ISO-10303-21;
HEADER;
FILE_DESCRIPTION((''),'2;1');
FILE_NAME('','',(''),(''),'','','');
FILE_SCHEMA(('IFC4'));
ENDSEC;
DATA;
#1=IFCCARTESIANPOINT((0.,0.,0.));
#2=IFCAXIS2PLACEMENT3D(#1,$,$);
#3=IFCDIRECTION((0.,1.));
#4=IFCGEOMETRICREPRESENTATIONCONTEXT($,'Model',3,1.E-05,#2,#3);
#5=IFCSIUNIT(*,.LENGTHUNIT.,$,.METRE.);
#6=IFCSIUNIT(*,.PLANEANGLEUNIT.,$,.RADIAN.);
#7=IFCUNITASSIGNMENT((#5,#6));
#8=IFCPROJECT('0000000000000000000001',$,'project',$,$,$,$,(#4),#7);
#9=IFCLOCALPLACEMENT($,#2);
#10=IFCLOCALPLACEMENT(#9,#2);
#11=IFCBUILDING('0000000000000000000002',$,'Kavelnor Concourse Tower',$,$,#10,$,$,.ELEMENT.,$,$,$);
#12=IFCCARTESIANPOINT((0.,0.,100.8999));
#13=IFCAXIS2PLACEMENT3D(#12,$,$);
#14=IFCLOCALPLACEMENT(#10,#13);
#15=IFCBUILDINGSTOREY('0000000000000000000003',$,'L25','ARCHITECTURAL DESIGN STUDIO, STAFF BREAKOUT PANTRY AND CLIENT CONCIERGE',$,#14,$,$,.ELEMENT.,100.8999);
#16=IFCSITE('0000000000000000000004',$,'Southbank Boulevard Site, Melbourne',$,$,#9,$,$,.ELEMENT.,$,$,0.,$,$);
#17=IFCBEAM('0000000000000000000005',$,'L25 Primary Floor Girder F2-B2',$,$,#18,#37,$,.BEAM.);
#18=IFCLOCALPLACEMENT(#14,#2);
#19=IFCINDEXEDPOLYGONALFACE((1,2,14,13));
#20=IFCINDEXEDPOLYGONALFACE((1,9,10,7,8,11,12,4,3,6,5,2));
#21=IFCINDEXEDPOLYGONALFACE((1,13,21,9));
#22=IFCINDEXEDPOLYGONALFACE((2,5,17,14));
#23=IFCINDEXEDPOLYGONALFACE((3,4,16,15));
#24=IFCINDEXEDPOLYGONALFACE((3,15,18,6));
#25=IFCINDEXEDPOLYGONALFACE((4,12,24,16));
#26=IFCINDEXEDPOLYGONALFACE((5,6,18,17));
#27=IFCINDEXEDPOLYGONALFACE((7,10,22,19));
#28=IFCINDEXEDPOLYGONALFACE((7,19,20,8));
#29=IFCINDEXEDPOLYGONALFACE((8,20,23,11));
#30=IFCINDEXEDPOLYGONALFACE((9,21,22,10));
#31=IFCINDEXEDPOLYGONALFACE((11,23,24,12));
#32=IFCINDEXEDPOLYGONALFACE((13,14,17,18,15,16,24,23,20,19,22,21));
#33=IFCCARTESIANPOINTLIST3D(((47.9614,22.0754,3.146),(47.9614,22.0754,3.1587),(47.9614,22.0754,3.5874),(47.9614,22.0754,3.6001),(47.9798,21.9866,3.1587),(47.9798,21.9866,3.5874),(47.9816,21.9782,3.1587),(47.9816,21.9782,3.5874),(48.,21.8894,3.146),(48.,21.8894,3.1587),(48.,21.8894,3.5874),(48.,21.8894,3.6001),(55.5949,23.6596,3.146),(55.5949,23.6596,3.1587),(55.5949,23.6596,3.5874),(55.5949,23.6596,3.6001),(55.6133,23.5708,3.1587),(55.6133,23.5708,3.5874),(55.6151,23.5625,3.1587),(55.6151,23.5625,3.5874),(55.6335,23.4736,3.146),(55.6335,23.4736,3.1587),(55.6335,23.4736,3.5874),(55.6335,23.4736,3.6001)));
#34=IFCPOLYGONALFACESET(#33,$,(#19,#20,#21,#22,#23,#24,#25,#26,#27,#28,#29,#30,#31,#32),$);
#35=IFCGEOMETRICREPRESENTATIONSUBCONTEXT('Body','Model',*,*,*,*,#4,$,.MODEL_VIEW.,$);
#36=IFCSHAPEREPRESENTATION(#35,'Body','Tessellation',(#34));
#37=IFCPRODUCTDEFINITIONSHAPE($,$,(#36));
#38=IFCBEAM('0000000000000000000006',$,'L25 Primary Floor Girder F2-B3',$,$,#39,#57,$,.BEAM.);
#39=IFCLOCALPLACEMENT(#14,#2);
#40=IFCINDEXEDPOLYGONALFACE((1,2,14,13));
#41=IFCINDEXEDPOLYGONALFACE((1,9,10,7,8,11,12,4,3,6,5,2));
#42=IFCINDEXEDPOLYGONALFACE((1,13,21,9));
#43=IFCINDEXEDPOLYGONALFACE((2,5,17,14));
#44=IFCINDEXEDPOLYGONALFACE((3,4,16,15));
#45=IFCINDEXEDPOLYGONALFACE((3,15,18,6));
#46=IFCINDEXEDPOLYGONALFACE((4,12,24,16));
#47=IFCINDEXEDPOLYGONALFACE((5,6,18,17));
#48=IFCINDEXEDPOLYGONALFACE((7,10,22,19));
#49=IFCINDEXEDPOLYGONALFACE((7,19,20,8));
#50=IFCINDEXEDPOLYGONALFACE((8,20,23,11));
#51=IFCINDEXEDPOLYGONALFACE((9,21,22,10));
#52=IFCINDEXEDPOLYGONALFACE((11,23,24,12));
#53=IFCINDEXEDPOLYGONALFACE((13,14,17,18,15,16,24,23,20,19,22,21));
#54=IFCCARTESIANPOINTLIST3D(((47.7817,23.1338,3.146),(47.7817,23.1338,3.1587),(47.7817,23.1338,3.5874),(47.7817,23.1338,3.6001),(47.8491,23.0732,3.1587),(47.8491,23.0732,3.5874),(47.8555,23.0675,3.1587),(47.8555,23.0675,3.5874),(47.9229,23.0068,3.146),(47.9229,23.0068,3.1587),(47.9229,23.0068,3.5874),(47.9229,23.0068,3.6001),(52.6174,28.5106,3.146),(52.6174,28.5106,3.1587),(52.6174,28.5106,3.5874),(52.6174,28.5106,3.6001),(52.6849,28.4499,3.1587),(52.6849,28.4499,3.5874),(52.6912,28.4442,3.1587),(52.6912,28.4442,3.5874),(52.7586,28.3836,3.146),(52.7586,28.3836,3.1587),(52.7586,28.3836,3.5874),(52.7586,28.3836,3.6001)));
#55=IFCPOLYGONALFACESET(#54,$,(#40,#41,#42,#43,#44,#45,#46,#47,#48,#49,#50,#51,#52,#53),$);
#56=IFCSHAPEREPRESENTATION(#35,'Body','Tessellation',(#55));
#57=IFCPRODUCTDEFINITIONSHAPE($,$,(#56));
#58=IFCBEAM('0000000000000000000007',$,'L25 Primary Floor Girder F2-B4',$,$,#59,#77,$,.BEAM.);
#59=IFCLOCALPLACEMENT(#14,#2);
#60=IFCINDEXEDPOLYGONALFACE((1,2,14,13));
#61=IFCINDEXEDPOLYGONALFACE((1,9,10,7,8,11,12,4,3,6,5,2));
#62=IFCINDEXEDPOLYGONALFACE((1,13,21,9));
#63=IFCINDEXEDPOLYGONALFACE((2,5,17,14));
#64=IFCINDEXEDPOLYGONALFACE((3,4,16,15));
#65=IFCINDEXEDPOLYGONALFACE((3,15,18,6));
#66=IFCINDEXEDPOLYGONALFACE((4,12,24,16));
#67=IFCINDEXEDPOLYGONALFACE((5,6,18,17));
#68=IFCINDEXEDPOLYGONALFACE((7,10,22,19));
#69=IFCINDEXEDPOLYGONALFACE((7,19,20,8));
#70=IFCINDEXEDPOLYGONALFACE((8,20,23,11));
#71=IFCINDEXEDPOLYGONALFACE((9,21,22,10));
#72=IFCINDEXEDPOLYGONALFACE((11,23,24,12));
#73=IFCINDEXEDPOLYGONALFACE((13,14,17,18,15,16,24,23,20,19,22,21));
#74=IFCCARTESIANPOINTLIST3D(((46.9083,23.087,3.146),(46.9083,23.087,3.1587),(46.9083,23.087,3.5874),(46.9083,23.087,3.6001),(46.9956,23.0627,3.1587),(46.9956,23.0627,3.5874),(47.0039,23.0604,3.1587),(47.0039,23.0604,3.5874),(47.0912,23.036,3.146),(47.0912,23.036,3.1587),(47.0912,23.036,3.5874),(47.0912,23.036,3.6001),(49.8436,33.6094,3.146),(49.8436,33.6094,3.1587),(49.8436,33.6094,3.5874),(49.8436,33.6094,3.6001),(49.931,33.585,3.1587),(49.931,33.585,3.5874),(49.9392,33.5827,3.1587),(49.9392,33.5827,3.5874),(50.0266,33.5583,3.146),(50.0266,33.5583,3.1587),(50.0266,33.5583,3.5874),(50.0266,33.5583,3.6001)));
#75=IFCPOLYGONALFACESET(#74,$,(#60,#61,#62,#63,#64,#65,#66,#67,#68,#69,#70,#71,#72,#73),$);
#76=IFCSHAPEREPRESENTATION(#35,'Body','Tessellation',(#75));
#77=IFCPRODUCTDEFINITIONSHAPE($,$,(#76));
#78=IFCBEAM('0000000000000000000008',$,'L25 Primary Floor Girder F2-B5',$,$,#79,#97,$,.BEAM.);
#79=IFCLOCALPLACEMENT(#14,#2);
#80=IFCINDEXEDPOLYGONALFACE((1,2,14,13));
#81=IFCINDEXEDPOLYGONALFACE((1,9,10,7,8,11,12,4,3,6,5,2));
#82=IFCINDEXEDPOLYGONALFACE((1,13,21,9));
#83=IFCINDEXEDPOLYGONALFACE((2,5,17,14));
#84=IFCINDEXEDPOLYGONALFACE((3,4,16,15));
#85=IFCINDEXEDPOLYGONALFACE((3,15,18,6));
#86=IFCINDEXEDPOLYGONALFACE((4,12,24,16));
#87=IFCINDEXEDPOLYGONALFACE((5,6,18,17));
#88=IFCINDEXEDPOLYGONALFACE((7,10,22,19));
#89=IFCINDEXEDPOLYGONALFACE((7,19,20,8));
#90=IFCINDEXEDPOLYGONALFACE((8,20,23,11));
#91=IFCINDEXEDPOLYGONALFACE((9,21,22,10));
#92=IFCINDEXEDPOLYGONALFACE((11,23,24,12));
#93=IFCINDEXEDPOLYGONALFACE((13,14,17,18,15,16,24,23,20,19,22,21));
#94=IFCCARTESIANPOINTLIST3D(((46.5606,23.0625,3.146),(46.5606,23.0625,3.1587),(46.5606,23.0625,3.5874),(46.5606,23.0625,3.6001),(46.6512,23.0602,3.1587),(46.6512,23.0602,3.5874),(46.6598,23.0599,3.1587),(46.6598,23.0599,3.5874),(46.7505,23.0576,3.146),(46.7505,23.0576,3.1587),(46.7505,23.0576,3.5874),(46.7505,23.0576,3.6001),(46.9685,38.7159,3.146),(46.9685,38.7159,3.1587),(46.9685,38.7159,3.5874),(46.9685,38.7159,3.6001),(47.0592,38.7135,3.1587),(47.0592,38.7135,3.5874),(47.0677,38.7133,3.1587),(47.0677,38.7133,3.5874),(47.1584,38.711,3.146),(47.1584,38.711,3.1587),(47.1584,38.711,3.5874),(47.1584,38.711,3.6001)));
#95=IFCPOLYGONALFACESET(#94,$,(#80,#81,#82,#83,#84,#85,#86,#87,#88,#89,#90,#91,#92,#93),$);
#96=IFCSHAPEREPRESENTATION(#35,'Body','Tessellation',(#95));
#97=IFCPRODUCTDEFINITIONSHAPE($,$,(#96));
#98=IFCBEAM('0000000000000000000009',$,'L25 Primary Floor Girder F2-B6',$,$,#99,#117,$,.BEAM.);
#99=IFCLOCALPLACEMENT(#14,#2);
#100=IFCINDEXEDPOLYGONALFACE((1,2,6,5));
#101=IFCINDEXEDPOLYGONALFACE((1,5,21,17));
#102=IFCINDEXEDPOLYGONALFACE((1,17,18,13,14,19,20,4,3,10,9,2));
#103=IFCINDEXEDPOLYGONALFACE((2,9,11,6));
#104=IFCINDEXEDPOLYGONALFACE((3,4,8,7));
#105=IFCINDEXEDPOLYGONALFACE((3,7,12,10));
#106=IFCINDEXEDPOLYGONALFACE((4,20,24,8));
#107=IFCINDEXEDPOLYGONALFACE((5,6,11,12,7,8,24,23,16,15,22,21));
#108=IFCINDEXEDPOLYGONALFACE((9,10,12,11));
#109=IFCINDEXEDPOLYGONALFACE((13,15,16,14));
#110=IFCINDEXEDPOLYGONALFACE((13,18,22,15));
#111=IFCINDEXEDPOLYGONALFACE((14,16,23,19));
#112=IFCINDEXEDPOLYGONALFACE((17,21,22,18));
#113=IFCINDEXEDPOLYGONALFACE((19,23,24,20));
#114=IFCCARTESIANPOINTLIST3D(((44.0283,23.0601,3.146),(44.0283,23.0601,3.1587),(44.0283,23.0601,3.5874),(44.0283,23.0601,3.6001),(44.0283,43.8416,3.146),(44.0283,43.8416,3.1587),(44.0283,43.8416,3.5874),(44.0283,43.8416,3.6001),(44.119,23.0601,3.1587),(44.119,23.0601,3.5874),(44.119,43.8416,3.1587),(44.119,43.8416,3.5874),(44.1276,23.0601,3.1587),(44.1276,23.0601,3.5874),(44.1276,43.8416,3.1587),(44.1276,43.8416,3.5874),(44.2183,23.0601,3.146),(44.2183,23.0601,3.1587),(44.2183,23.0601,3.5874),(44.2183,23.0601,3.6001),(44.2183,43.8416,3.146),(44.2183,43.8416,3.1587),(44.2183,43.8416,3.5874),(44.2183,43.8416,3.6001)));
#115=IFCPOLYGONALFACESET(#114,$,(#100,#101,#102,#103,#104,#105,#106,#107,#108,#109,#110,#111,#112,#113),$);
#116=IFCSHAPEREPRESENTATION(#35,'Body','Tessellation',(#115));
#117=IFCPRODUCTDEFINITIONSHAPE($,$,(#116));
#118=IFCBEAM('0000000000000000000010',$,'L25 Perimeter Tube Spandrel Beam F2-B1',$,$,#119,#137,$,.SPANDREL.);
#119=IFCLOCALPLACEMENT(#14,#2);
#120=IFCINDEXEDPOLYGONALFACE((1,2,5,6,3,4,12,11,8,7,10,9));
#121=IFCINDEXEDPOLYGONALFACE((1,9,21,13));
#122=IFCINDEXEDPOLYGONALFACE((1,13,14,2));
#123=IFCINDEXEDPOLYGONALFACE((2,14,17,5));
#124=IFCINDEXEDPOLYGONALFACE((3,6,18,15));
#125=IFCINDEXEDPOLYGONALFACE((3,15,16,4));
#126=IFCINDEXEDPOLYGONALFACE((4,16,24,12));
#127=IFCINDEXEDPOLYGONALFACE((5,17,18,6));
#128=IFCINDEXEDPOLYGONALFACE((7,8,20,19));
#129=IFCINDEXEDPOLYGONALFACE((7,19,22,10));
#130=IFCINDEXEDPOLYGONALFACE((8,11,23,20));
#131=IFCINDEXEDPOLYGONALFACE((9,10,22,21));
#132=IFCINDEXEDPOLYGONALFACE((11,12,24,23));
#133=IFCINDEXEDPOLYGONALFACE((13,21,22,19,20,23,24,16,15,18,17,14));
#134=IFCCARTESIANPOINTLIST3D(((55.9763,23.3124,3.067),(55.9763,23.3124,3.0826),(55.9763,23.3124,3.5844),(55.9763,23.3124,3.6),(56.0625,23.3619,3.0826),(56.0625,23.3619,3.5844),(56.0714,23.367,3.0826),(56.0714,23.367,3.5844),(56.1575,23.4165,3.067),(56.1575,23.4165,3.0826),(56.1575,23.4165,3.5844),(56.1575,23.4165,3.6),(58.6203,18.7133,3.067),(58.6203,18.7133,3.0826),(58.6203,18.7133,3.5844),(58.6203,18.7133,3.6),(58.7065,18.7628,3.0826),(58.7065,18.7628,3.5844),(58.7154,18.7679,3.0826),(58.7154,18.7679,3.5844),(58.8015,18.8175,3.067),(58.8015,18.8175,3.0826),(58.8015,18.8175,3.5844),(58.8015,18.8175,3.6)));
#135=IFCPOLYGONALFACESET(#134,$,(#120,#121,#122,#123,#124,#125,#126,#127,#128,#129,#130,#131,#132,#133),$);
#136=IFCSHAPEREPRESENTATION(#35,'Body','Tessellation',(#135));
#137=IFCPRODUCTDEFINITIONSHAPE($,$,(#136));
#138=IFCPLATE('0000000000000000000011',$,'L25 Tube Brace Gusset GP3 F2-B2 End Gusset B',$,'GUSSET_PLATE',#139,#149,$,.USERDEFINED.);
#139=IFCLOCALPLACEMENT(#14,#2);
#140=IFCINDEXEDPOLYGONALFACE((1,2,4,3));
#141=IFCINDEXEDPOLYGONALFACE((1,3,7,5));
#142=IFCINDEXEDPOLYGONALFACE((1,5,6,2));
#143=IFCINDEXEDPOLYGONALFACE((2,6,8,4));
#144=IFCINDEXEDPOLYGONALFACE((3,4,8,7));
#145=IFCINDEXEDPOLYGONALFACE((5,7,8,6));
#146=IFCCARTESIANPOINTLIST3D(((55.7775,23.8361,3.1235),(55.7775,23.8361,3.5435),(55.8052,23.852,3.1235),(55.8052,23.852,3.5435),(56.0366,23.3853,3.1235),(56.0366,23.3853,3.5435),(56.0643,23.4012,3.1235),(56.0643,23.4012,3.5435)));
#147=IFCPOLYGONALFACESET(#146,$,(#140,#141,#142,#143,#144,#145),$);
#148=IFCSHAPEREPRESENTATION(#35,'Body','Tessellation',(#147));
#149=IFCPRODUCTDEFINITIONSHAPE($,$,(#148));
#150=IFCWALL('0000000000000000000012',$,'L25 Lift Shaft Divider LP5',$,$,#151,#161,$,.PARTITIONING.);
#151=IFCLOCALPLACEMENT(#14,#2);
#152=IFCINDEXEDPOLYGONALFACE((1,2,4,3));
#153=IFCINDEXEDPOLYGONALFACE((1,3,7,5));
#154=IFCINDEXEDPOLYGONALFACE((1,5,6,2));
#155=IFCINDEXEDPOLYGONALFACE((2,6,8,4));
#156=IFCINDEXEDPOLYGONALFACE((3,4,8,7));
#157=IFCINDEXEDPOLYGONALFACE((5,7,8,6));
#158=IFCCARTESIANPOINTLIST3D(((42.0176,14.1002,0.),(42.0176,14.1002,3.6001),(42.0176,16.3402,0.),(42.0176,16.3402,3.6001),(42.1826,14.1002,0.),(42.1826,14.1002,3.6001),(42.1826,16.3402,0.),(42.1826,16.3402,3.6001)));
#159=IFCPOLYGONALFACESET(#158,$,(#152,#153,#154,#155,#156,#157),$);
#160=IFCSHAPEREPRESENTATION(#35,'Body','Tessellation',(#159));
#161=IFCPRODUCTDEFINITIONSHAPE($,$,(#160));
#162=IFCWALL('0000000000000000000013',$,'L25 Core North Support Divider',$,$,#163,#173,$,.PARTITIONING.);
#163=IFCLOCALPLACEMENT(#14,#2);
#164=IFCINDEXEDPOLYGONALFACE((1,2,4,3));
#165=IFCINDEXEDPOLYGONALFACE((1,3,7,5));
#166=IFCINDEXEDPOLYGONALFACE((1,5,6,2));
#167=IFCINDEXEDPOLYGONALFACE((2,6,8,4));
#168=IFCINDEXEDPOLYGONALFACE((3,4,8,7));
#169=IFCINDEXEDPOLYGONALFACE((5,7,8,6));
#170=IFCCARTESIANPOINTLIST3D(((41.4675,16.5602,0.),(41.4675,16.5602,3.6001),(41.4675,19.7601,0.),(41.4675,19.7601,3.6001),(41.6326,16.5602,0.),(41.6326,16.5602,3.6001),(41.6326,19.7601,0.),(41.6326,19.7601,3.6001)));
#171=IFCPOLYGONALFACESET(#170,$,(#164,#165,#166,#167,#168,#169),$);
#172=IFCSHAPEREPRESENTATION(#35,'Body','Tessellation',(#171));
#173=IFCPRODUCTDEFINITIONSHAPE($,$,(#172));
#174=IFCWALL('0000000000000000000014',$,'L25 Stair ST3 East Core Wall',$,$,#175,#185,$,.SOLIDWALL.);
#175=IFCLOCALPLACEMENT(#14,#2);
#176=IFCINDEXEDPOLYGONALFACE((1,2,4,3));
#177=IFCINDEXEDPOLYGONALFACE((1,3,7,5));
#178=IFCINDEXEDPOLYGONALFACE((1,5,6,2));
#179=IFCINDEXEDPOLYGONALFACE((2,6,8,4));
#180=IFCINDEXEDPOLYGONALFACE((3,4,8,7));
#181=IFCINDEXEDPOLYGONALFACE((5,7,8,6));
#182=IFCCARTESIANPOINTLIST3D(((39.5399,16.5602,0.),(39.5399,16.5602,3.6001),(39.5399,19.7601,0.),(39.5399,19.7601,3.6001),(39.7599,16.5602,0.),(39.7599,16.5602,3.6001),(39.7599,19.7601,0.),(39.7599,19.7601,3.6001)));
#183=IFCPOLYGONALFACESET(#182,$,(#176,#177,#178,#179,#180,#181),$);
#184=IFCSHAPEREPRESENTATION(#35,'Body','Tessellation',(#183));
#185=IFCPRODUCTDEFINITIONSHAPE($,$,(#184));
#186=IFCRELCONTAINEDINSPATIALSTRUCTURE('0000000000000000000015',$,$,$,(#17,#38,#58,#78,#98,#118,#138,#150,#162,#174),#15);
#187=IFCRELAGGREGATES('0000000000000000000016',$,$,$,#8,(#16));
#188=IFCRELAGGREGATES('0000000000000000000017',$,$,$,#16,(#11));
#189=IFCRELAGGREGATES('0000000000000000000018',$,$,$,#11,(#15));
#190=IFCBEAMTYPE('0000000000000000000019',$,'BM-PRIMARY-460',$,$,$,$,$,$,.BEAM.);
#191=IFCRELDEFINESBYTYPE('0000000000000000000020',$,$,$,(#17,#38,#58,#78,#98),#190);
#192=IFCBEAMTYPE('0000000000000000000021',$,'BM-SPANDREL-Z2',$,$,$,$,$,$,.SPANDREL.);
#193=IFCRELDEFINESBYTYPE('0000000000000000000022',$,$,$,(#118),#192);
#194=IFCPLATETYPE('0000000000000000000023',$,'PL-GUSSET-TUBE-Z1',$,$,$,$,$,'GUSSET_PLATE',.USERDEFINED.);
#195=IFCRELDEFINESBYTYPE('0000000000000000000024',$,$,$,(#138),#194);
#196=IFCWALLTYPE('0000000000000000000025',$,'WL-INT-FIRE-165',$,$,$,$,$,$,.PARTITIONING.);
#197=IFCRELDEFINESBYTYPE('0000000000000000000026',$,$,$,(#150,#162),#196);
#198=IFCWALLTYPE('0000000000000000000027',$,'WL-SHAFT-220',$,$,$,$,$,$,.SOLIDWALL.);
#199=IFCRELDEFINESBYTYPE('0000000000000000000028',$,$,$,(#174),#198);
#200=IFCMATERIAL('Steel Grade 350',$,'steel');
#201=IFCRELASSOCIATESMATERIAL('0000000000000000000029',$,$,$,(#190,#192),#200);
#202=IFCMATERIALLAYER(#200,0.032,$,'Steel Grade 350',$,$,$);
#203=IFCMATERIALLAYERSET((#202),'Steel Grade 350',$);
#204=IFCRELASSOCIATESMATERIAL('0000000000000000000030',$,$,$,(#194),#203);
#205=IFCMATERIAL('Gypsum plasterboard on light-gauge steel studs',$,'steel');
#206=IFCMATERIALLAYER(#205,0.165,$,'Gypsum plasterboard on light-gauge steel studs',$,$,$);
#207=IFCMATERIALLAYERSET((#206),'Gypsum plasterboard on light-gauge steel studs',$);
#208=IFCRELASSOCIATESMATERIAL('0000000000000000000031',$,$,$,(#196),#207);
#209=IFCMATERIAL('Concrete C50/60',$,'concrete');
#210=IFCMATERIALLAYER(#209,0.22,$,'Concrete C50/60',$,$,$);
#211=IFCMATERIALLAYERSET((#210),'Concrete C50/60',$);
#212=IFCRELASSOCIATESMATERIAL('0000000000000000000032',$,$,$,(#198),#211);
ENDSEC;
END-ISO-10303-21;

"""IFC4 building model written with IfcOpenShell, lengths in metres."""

from ifc_helpers import new_model, si_unit, direction, frame, frame_2d, origin, origin_2d, place, context, subcontext, project, spatial, rectangle, i_section, extrude, material, layer, layer_set, material_profile, profile_set, type_object, element, save


model = new_model("IFC4")

# Units and contexts
model_context = context("Model", 3, precision=1e-05, world=origin(), true_north=direction((0.0, 1.0)))
body_context = subcontext(model_context, "Body", "Model", "MODEL_VIEW")
ifc_project = project(units=[si_unit("LENGTHUNIT", "METRE"), si_unit("PLANEANGLEUNIT", "RADIAN")], contexts=[model_context])

# Site, building, storey
site_placement = place(None, origin())
site = spatial("IfcSite", under=ifc_project, at=site_placement, Name="Southbank Boulevard Site, Melbourne", CompositionType="ELEMENT", RefElevation=0.0)
building_placement = place(site_placement, origin())
building = spatial("IfcBuilding", under=site, at=building_placement, Name="Kavelnor Concourse Tower", CompositionType="ELEMENT")
storey_placement = place(building_placement, frame((0.0, 0.0, 100.8999)))
storey = spatial("IfcBuildingStorey", under=building, at=storey_placement, Name="L25", Description="ARCHITECTURAL DESIGN STUDIO, STAFF BREAKOUT PANTRY AND CLIENT CONCIERGE", CompositionType="ELEMENT", Elevation=100.8999)

# Shared definitions
ifc_material_1 = material(Name="Steel Grade 350", Category="steel")

# Beams
ifc_material_profile_1 = material_profile(ifc_material_1, i_section(OverallWidth=0.1899, OverallDepth=0.4541, WebThickness=0.0085, FlangeThickness=0.0127, at=origin_2d()), Name="460UB67")
ifc_profile_set_1 = profile_set([ifc_material_profile_1], Name="Steel Grade 350")
beam_type_1 = type_object("IfcBeamType", Name="BM-PRIMARY-460", PredefinedType="BEAM", material=ifc_profile_set_1)
beam_1_placement = place(storey_placement, frame((47.9807, 21.9824, 3.373), z_axis=(0.979136, 0.203205, 0.0), x_axis=(-0.203205, 0.979136, 0.0)))
element("IfcBeam", 1, at=beam_1_placement, inside=storey, type_object=beam_type_1, Name="L25 Primary Floor Girder F2-B2", PredefinedType="BEAM", context=body_context, shape_type="SweptSolid", body=[
    extrude(i_section(OverallWidth=0.1899, OverallDepth=0.4541, WebThickness=0.0085, FlangeThickness=0.0127, at=origin_2d()), origin(), (0.0, 0.0, 1.0), 7.7961),
])
beam_2_placement = place(storey_placement, frame((47.8523, 23.0703, 3.373), z_axis=(0.668709, 0.743524, 0.0), x_axis=(-0.743524, 0.668709, 0.0)))
element("IfcBeam", 2, at=beam_2_placement, inside=storey, type_object=beam_type_1, Name="L25 Primary Floor Girder F2-B3", PredefinedType="BEAM", context=body_context, shape_type="SweptSolid", body=[
    extrude(i_section(OverallWidth=0.1899, OverallDepth=0.4541, WebThickness=0.0085, FlangeThickness=0.0127, at=origin_2d()), origin(), (0.0, 0.0, 1.0), 7.2314),
])
beam_3_placement = place(storey_placement, frame((46.9998, 23.0615, 3.373), z_axis=(0.268703, 0.963223, 0.0), x_axis=(-0.963223, 0.268703, 0.0)))
element("IfcBeam", 3, at=beam_3_placement, inside=storey, type_object=beam_type_1, Name="L25 Primary Floor Girder F2-B4", PredefinedType="BEAM", context=body_context, shape_type="SweptSolid", body=[
    extrude(i_section(OverallWidth=0.1899, OverallDepth=0.4541, WebThickness=0.0085, FlangeThickness=0.0127, at=origin_2d()), origin(), (0.0, 0.0, 1.0), 10.9241),
])
beam_4_placement = place(storey_placement, frame((46.6555, 23.0601, 3.373), z_axis=(0.026053, 0.999661, 0.0), x_axis=(-0.999661, 0.026053, 0.0)))
element("IfcBeam", 4, at=beam_4_placement, inside=storey, type_object=beam_type_1, Name="L25 Primary Floor Girder F2-B5", PredefinedType="BEAM", context=body_context, shape_type="SweptSolid", body=[
    extrude(i_section(OverallWidth=0.1899, OverallDepth=0.4541, WebThickness=0.0085, FlangeThickness=0.0127, at=origin_2d()), origin(), (0.0, 0.0, 1.0), 15.6587),
])
beam_5_placement = place(storey_placement, frame((44.1233, 23.0601, 3.373), z_axis=(0.0, 1.0, 0.0), x_axis=(-1.0, 0.0, 0.0)))
element("IfcBeam", 5, at=beam_5_placement, inside=storey, type_object=beam_type_1, Name="L25 Primary Floor Girder F2-B6", PredefinedType="BEAM", context=body_context, shape_type="SweptSolid", body=[
    extrude(i_section(OverallWidth=0.1899, OverallDepth=0.4541, WebThickness=0.0085, FlangeThickness=0.0127, at=origin_2d()), origin(), (0.0, 0.0, 1.0), 20.7815),
])
ifc_material_profile_2 = material_profile(ifc_material_1, i_section(OverallWidth=0.209, OverallDepth=0.533, WebThickness=0.0103, FlangeThickness=0.0156, at=origin_2d()), Name="530UB92")
ifc_profile_set_2 = profile_set([ifc_material_profile_2], Name="Steel Grade 350")
beam_type_2 = type_object("IfcBeamType", Name="BM-SPANDREL-Z2", PredefinedType="SPANDREL", material=ifc_profile_set_2)
beam_6_placement = place(storey_placement, frame((58.7109, 18.7654, 3.3335), z_axis=(-0.498407, 0.866943, 0.0), x_axis=(-0.866943, -0.498407, 0.0)))
element("IfcBeam", 6, at=beam_6_placement, inside=storey, type_object=beam_type_2, Name="L25 Perimeter Tube Spandrel Beam F2-B1", PredefinedType="SPANDREL", context=body_context, shape_type="SweptSolid", body=[
    extrude(i_section(OverallWidth=0.209, OverallDepth=0.533, WebThickness=0.0103, FlangeThickness=0.0156, at=origin_2d()), origin(), (0.0, 0.0, 1.0), 5.3049),
])

# Plate
ifc_layer_1 = layer(ifc_material_1, 0.032, Name="Steel Grade 350")
ifc_layer_set_1 = layer_set([ifc_layer_1], Name="Steel Grade 350")
plate_type = type_object("IfcPlateType", Name="PL-GUSSET-TUBE-Z1", ElementType="GUSSET_PLATE", PredefinedType="USERDEFINED", material=ifc_layer_set_1)
plate_placement = place(storey_placement, frame((55.9209, 23.6187, 3.1235), z_axis=(0.0, 0.0, 1.0), x_axis=(0.498336, -0.866984, 0.0)))
element("IfcPlate", 7, at=plate_placement, inside=storey, type_object=plate_type, Name="L25 Tube Brace Gusset GP3 F2-B2 End Gusset B", ObjectType="GUSSET_PLATE", PredefinedType="USERDEFINED", context=body_context, shape_type="SweptSolid", body=[
    extrude(rectangle(XDim=0.52, YDim=0.032, at=origin_2d()), origin(), (0.0, 0.0, 1.0), 0.4199),
])

# Walls
ifc_material_2 = material(Name="Gypsum plasterboard on light-gauge steel studs", Category="steel")
ifc_layer_2 = layer(ifc_material_2, 0.165, Name="Gypsum plasterboard on light-gauge steel studs")
ifc_layer_set_2 = layer_set([ifc_layer_2], Name="Gypsum plasterboard on light-gauge steel studs")
wall_type_1 = type_object("IfcWallType", Name="WL-INT-FIRE-165", PredefinedType="PARTITIONING", material=ifc_layer_set_2)
wall_1_placement = place(storey_placement, frame((42.1001, 14.1001, 0.0), z_axis=(0.0, 0.0, 1.0), x_axis=(0.0, 1.0, 0.0)))
element("IfcWall", 8, at=wall_1_placement, inside=storey, type_object=wall_type_1, Name="L25 Lift Shaft Divider LP5", PredefinedType="PARTITIONING", context=body_context, shape_type="SweptSolid", body=[
    extrude(rectangle(XDim=2.24, YDim=0.165, at=frame_2d((1.1201, 0.0))), origin(), (0.0, 0.0, 1.0), 3.6001),
])
wall_2_placement = place(storey_placement, frame((41.55, 16.5601, 0.0), z_axis=(0.0, 0.0, 1.0), x_axis=(0.0, 1.0, 0.0)))
element("IfcWall", 9, at=wall_2_placement, inside=storey, type_object=wall_type_1, Name="L25 Core North Support Divider", PredefinedType="PARTITIONING", context=body_context, shape_type="SweptSolid", body=[
    extrude(rectangle(XDim=3.2, YDim=0.165, at=frame_2d((1.6001, 0.0))), origin(), (0.0, 0.0, 1.0), 3.6001),
])
ifc_material_3 = material(Name="Concrete C50/60", Category="concrete")
ifc_layer_3 = layer(ifc_material_3, 0.22, Name="Concrete C50/60")
ifc_layer_set_3 = layer_set([ifc_layer_3], Name="Concrete C50/60")
wall_type_2 = type_object("IfcWallType", Name="WL-SHAFT-220", PredefinedType="SOLIDWALL", material=ifc_layer_set_3)
wall_3_placement = place(storey_placement, frame((39.6499, 16.5601, 0.0), z_axis=(0.0, 0.0, 1.0), x_axis=(0.0, 1.0, 0.0)))
element("IfcWall", 10, at=wall_3_placement, inside=storey, type_object=wall_type_2, Name="L25 Stair ST3 East Core Wall", PredefinedType="SOLIDWALL", context=body_context, shape_type="SweptSolid", body=[
    extrude(rectangle(XDim=3.2, YDim=0.22, at=frame_2d((1.6001, 0.0))), origin(), (0.0, 0.0, 1.0), 3.6001),
])

save(model, "model.ifc")
